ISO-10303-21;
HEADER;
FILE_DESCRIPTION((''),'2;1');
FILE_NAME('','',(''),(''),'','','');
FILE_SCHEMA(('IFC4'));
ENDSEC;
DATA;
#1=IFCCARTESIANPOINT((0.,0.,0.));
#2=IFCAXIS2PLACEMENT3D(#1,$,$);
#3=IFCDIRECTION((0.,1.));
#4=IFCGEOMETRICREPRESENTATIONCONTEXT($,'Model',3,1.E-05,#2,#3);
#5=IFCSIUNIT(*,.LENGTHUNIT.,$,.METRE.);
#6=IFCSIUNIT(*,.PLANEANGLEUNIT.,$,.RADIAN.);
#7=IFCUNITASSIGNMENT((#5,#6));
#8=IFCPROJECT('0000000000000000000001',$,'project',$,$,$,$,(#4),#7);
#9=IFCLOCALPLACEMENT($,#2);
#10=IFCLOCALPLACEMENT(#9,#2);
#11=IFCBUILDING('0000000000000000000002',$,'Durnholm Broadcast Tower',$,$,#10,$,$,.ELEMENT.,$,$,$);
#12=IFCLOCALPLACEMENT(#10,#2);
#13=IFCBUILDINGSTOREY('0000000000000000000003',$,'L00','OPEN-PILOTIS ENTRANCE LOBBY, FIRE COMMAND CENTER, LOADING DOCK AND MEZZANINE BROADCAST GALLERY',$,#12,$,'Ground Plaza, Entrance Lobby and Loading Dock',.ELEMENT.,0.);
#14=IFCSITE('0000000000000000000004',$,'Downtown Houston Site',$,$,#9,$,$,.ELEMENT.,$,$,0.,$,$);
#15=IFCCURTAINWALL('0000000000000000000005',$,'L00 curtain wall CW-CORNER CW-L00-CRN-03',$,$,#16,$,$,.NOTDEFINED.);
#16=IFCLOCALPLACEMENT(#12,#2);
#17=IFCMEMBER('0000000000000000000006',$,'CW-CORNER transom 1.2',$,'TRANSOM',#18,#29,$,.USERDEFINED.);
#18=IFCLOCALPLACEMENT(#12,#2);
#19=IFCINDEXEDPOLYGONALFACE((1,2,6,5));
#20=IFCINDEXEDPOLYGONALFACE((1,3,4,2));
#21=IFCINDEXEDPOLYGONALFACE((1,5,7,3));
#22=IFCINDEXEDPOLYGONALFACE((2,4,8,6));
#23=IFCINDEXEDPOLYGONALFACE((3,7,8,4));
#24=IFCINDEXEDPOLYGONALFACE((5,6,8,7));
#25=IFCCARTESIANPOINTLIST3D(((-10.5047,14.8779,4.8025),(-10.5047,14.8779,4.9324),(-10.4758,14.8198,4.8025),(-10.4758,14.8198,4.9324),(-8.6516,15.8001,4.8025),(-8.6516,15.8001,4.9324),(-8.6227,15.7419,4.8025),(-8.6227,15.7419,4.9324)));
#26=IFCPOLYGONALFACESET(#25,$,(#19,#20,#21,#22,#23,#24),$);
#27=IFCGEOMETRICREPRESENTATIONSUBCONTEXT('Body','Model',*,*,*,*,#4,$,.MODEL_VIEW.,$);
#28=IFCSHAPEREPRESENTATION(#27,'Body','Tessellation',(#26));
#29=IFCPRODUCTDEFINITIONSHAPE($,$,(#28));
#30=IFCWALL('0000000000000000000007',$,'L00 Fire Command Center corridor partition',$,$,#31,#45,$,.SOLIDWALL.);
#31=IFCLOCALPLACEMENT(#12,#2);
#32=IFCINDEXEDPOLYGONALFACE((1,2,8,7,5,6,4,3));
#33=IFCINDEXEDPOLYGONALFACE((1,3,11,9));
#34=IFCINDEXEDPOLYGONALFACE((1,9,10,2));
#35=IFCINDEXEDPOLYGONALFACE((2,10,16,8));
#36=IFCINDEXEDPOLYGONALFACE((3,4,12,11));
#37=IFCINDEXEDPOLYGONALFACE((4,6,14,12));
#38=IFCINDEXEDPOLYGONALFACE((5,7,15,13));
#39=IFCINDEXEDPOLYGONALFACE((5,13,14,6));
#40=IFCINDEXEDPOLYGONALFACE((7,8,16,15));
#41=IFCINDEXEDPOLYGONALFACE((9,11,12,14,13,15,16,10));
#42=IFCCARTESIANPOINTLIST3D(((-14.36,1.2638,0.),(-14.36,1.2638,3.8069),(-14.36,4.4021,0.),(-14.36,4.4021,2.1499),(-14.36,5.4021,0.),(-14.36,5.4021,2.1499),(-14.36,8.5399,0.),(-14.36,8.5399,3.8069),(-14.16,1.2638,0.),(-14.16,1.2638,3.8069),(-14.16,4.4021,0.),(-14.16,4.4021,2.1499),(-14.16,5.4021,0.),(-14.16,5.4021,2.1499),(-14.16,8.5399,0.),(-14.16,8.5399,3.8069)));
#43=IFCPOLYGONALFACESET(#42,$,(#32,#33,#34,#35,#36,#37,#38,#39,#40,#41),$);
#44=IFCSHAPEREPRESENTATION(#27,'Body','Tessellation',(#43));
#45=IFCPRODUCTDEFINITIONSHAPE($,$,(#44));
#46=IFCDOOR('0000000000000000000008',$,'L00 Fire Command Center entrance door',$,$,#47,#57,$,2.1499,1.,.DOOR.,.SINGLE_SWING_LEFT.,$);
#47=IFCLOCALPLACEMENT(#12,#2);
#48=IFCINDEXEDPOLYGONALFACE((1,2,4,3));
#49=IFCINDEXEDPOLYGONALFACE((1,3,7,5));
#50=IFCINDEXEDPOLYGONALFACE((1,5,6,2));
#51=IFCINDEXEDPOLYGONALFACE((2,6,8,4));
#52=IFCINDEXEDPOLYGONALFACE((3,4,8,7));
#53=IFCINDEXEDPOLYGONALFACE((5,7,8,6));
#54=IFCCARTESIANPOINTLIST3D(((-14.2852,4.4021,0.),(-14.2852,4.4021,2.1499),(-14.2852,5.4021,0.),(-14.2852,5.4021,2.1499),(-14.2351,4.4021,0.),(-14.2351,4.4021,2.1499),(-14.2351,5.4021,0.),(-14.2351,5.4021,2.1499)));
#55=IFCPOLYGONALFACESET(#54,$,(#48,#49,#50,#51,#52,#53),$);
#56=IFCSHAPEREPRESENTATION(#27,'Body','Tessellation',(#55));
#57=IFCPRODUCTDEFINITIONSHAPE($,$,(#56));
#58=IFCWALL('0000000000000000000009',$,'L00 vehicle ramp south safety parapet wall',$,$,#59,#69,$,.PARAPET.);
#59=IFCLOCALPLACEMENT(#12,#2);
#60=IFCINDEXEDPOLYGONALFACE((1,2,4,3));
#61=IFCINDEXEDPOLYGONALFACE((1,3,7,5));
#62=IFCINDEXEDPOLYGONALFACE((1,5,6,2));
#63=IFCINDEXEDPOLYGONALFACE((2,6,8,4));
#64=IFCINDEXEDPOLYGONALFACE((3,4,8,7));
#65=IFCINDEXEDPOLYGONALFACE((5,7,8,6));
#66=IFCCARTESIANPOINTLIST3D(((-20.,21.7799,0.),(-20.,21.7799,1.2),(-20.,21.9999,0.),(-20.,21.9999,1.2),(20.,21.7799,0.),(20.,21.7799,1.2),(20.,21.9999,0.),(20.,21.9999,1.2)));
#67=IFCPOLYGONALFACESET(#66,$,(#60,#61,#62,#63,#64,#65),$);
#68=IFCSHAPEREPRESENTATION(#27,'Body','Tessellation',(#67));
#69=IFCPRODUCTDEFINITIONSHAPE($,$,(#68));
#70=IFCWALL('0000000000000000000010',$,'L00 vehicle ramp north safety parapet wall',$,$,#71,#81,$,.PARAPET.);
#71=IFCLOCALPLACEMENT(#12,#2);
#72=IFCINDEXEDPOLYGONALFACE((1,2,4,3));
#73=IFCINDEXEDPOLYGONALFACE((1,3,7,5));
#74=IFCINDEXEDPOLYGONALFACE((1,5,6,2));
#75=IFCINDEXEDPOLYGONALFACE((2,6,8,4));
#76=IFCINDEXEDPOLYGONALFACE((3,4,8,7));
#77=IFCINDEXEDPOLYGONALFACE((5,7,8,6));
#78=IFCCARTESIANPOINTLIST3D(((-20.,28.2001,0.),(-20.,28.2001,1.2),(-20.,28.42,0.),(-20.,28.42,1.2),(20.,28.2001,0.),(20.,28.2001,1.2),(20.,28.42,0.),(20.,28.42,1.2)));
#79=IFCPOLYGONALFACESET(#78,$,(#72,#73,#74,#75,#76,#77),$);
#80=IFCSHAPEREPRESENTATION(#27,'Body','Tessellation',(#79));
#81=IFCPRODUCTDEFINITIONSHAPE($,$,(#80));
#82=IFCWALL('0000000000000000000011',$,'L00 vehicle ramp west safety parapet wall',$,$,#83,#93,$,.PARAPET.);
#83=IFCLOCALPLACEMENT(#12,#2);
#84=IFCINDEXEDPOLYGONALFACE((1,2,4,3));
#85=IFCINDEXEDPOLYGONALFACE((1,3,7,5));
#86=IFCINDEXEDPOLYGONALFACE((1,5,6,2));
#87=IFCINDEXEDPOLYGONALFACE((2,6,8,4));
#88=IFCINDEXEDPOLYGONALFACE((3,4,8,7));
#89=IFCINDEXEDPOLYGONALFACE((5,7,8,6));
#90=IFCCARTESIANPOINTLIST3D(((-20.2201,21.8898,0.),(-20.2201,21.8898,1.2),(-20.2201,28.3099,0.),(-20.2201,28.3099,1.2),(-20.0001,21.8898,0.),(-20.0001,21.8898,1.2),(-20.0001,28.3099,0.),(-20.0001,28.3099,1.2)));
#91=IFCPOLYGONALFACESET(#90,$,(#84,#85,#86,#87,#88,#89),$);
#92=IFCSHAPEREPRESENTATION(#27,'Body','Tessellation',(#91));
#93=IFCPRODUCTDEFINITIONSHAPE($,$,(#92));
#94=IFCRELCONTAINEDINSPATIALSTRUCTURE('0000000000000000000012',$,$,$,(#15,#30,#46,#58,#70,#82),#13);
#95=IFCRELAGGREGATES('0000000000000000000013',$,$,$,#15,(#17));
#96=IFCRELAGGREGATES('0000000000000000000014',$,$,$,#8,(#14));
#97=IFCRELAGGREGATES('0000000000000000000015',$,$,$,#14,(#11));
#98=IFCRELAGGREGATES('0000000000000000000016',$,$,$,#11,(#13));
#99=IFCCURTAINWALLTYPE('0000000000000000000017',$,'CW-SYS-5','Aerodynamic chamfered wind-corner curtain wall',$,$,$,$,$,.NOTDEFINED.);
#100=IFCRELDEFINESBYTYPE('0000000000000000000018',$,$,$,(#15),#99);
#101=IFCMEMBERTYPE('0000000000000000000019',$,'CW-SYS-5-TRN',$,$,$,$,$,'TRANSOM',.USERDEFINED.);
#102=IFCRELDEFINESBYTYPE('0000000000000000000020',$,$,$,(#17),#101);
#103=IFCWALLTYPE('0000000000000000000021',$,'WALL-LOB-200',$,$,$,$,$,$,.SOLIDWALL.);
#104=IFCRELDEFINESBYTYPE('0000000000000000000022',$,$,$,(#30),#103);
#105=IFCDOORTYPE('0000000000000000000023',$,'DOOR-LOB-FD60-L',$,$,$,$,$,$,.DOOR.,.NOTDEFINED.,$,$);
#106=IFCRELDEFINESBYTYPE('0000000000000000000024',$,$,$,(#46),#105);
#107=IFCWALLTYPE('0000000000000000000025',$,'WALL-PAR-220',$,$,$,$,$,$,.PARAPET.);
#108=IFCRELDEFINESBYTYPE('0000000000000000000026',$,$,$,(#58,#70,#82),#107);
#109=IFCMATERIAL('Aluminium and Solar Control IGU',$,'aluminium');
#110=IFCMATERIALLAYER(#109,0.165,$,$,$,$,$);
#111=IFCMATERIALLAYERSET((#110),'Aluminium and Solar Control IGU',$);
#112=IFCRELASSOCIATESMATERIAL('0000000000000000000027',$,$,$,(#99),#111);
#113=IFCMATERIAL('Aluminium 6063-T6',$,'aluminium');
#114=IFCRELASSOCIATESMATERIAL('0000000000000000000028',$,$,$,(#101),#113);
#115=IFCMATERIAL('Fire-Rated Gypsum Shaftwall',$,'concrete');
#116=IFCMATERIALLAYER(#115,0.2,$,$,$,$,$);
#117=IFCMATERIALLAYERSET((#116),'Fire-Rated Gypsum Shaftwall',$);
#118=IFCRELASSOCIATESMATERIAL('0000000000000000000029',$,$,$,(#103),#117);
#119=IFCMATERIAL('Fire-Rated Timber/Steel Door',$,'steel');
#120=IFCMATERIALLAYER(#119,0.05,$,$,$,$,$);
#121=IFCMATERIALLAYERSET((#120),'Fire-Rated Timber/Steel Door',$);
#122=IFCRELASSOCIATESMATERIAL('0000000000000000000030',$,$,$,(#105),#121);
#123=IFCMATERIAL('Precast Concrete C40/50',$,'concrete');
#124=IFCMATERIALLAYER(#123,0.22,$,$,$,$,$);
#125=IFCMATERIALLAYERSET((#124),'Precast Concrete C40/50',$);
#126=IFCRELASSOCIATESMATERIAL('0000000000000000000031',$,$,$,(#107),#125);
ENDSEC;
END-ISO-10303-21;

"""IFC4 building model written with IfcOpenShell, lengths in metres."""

from ifc_helpers import new_model, si_unit, direction, frame, frame_2d, origin, origin_2d, place, context, subcontext, project, spatial, rectangle, extrude, source, transform, mapped, material, layer, layer_set, material_profile, profile_set, type_object, type_shapes, element, fill, aggregate, save


model = new_model("IFC4")

# Units and contexts
model_context = context("Model", 3, precision=1e-05, world=origin(), true_north=direction((0.0, 1.0)))
body_context = subcontext(model_context, "Body", "Model", "MODEL_VIEW")
ifc_project = project(units=[si_unit("LENGTHUNIT", "METRE"), si_unit("PLANEANGLEUNIT", "RADIAN")], contexts=[model_context])

# Site, building, storey
site_placement = place(None, origin())
site = spatial("IfcSite", under=ifc_project, at=site_placement, Name="Downtown Houston Site", CompositionType="ELEMENT", RefElevation=0.0)
building_placement = place(site_placement, origin())
building = spatial("IfcBuilding", under=site, at=building_placement, Name="Durnholm Broadcast Tower", CompositionType="ELEMENT")
storey_placement = place(building_placement, origin())
storey = spatial("IfcBuildingStorey", under=building, at=storey_placement, Name="L00", Description="OPEN-PILOTIS ENTRANCE LOBBY, FIRE COMMAND CENTER, LOADING DOCK AND MEZZANINE BROADCAST GALLERY", LongName="Ground Plaza, Entrance Lobby and Loading Dock", CompositionType="ELEMENT", Elevation=0.0)

# Curtain wall, member
ifc_material_1 = material(Name="Aluminium and Solar Control IGU", Category="aluminium")
ifc_layer_1 = layer(ifc_material_1, 0.165)
ifc_layer_set_1 = layer_set([ifc_layer_1], Name="Aluminium and Solar Control IGU")
curtain_wall_type = type_object("IfcCurtainWallType", Name="CW-SYS-5", Description="Aerodynamic chamfered wind-corner curtain wall", PredefinedType="NOTDEFINED", material=ifc_layer_set_1)
curtain_wall_placement = place(storey_placement, origin())
curtain_wall = element("IfcCurtainWall", 1, at=curtain_wall_placement, inside=storey, type_object=curtain_wall_type, Name="L00 curtain wall CW-CORNER CW-L00-CRN-03", PredefinedType="NOTDEFINED")
ifc_material_2 = material(Name="Aluminium 6063-T6", Category="aluminium")
ifc_material_profile_1 = material_profile(ifc_material_2, rectangle(XDim=0.0649, YDim=0.1299, at=origin_2d()), Name="CWT65X130")
ifc_profile_set_1 = profile_set([ifc_material_profile_1], Name="Aluminium 6063-T6")
member_type_1 = type_object("IfcMemberType", Name="CW-SYS-5-TRN", ElementType="TRANSOM", PredefinedType="USERDEFINED", material=ifc_profile_set_1)
shared_shape_1 = source(origin(), body_context, "Body", "SweptSolid", [
    extrude(rectangle(XDim=0.0649, YDim=0.1299, at=origin_2d()), origin(), (0.0, 0.0, 1.0), 2.0698),
])
type_shapes(member_type_1, [shared_shape_1])
member_1_placement = place(storey_placement, frame((-10.4902, 14.8489, 4.8674), z_axis=(0.895275, 0.445514, 0.0), x_axis=(-0.445514, 0.895275, 0.0)))
member_1 = element("IfcMember", 2, at=member_1_placement, type_object=member_type_1, Name="CW-CORNER transom 1.2", ObjectType="TRANSOM", PredefinedType="USERDEFINED", context=body_context, shape_type="MappedRepresentation", body=[
    mapped(shared_shape_1, transform((0.0, 0.0, 0.0), x_axis=(1.0, 0.0, 0.0), y_axis=(0.0, 1.0, 0.0), z_axis=(0.0, 0.0, 1.0), scale=1.0)),
])
aggregate(curtain_wall, [member_1])

# Wall, opening, door
ifc_material_3 = material(Name="Fire-Rated Gypsum Shaftwall", Category="concrete")
ifc_layer_2 = layer(ifc_material_3, 0.2)
ifc_layer_set_2 = layer_set([ifc_layer_2], Name="Fire-Rated Gypsum Shaftwall")
wall_type_1 = type_object("IfcWallType", Name="WALL-LOB-200", PredefinedType="SOLIDWALL", material=ifc_layer_set_2)
wall_1_placement = place(storey_placement, frame((-14.26, 8.54, 0.0), z_axis=(0.0, 0.0, 1.0), x_axis=(0.0, -1.0, 0.0)))
wall_1 = element("IfcWall", 3, at=wall_1_placement, inside=storey, type_object=wall_type_1, Name="L00 Fire Command Center corridor partition", PredefinedType="SOLIDWALL", context=body_context, shape_type="SweptSolid", body=[
    extrude(rectangle(XDim=7.2761, YDim=0.2, at=frame_2d((3.6382, 0.0))), origin(), (0.0, 0.0, 1.0), 3.8069),
])
opening_placement = place(wall_1_placement, frame((3.1379, 0.0, 0.0)))
opening = element("IfcOpeningElement", 4, at=opening_placement, cuts=wall_1, PredefinedType="OPENING", context=body_context, shape_type="SweptSolid", body=[
    extrude(rectangle(XDim=1.0, YDim=2.1499, at=frame_2d((0.5, 1.075))), frame((0.0, 0.1099, 0.0), z_axis=(0.0, -1.0, 0.0), x_axis=(1.0, 0.0, 0.0)), (0.0, 0.0, 1.0), 0.22),
])
ifc_material_4 = material(Name="Fire-Rated Timber/Steel Door", Category="steel")
ifc_layer_3 = layer(ifc_material_4, 0.05)
ifc_layer_set_3 = layer_set([ifc_layer_3], Name="Fire-Rated Timber/Steel Door")
door_type = type_object("IfcDoorType", Name="DOOR-LOB-FD60-L", OperationType="NOTDEFINED", PredefinedType="DOOR", material=ifc_layer_set_3)
shared_shape_2 = source(origin(), body_context, "Body", "SweptSolid", [
    extrude(rectangle(XDim=1.0, YDim=2.1499, at=frame_2d((0.5, 1.075))), frame((0.0, 0.0249, 0.0), z_axis=(0.0, -1.0, 0.0), x_axis=(1.0, 0.0, 0.0)), (0.0, 0.0, 1.0), 0.05),
])
type_shapes(door_type, [shared_shape_2])
door_placement = place(opening_placement, origin())
door = element("IfcDoor", 5, at=door_placement, inside=storey, type_object=door_type, Name="L00 Fire Command Center entrance door", OperationType="SINGLE_SWING_LEFT", OverallHeight=2.1499, OverallWidth=1.0, PredefinedType="DOOR", context=body_context, shape_type="MappedRepresentation", body=[
    mapped(shared_shape_2, transform((0.0, 0.0, 0.0), x_axis=(1.0, 0.0, 0.0), y_axis=(0.0, 1.0, 0.0), z_axis=(0.0, 0.0, 1.0), scale=1.0)),
])
fill(opening, door)

# Walls
ifc_material_5 = material(Name="Precast Concrete C40/50", Category="concrete")
ifc_layer_4 = layer(ifc_material_5, 0.22)
ifc_layer_set_4 = layer_set([ifc_layer_4], Name="Precast Concrete C40/50")
wall_type_2 = type_object("IfcWallType", Name="WALL-PAR-220", PredefinedType="PARAPET", material=ifc_layer_set_4)
for number, where, z_axis, x_axis, name in (
    (6, (-20.0, 21.8899, 0.0), (0.0, 0.0, 1.0), (1.0, 0.0, 0.0), "L00 vehicle ramp south safety parapet wall"),
    (7, (-20.0, 28.3101, 0.0), (0.0, 0.0, 1.0), (1.0, 0.0, 0.0), "L00 vehicle ramp north safety parapet wall"),
):
    element("IfcWall", number, at=place(storey_placement, frame(where, z_axis=z_axis, x_axis=x_axis)), inside=storey, type_object=wall_type_2, Name=name, PredefinedType="PARAPET", context=body_context, shape_type="SweptSolid", body=[
        extrude(rectangle(XDim=40.0, YDim=0.22, at=frame_2d((20.0, 0.0))), origin(), (0.0, 0.0, 1.0), 1.2),
    ])
wall_2_placement = place(storey_placement, frame((-20.1101, 21.8899, 0.0), z_axis=(0.0, 0.0, 1.0), x_axis=(0.0, 1.0, 0.0)))
element("IfcWall", 8, at=wall_2_placement, inside=storey, type_object=wall_type_2, Name="L00 vehicle ramp west safety parapet wall", PredefinedType="PARAPET", context=body_context, shape_type="SweptSolid", body=[
    extrude(rectangle(XDim=6.4202, YDim=0.22, at=frame_2d((3.21, 0.0))), origin(), (0.0, 0.0, 1.0), 1.2),
])

save(model, "model.ifc")
